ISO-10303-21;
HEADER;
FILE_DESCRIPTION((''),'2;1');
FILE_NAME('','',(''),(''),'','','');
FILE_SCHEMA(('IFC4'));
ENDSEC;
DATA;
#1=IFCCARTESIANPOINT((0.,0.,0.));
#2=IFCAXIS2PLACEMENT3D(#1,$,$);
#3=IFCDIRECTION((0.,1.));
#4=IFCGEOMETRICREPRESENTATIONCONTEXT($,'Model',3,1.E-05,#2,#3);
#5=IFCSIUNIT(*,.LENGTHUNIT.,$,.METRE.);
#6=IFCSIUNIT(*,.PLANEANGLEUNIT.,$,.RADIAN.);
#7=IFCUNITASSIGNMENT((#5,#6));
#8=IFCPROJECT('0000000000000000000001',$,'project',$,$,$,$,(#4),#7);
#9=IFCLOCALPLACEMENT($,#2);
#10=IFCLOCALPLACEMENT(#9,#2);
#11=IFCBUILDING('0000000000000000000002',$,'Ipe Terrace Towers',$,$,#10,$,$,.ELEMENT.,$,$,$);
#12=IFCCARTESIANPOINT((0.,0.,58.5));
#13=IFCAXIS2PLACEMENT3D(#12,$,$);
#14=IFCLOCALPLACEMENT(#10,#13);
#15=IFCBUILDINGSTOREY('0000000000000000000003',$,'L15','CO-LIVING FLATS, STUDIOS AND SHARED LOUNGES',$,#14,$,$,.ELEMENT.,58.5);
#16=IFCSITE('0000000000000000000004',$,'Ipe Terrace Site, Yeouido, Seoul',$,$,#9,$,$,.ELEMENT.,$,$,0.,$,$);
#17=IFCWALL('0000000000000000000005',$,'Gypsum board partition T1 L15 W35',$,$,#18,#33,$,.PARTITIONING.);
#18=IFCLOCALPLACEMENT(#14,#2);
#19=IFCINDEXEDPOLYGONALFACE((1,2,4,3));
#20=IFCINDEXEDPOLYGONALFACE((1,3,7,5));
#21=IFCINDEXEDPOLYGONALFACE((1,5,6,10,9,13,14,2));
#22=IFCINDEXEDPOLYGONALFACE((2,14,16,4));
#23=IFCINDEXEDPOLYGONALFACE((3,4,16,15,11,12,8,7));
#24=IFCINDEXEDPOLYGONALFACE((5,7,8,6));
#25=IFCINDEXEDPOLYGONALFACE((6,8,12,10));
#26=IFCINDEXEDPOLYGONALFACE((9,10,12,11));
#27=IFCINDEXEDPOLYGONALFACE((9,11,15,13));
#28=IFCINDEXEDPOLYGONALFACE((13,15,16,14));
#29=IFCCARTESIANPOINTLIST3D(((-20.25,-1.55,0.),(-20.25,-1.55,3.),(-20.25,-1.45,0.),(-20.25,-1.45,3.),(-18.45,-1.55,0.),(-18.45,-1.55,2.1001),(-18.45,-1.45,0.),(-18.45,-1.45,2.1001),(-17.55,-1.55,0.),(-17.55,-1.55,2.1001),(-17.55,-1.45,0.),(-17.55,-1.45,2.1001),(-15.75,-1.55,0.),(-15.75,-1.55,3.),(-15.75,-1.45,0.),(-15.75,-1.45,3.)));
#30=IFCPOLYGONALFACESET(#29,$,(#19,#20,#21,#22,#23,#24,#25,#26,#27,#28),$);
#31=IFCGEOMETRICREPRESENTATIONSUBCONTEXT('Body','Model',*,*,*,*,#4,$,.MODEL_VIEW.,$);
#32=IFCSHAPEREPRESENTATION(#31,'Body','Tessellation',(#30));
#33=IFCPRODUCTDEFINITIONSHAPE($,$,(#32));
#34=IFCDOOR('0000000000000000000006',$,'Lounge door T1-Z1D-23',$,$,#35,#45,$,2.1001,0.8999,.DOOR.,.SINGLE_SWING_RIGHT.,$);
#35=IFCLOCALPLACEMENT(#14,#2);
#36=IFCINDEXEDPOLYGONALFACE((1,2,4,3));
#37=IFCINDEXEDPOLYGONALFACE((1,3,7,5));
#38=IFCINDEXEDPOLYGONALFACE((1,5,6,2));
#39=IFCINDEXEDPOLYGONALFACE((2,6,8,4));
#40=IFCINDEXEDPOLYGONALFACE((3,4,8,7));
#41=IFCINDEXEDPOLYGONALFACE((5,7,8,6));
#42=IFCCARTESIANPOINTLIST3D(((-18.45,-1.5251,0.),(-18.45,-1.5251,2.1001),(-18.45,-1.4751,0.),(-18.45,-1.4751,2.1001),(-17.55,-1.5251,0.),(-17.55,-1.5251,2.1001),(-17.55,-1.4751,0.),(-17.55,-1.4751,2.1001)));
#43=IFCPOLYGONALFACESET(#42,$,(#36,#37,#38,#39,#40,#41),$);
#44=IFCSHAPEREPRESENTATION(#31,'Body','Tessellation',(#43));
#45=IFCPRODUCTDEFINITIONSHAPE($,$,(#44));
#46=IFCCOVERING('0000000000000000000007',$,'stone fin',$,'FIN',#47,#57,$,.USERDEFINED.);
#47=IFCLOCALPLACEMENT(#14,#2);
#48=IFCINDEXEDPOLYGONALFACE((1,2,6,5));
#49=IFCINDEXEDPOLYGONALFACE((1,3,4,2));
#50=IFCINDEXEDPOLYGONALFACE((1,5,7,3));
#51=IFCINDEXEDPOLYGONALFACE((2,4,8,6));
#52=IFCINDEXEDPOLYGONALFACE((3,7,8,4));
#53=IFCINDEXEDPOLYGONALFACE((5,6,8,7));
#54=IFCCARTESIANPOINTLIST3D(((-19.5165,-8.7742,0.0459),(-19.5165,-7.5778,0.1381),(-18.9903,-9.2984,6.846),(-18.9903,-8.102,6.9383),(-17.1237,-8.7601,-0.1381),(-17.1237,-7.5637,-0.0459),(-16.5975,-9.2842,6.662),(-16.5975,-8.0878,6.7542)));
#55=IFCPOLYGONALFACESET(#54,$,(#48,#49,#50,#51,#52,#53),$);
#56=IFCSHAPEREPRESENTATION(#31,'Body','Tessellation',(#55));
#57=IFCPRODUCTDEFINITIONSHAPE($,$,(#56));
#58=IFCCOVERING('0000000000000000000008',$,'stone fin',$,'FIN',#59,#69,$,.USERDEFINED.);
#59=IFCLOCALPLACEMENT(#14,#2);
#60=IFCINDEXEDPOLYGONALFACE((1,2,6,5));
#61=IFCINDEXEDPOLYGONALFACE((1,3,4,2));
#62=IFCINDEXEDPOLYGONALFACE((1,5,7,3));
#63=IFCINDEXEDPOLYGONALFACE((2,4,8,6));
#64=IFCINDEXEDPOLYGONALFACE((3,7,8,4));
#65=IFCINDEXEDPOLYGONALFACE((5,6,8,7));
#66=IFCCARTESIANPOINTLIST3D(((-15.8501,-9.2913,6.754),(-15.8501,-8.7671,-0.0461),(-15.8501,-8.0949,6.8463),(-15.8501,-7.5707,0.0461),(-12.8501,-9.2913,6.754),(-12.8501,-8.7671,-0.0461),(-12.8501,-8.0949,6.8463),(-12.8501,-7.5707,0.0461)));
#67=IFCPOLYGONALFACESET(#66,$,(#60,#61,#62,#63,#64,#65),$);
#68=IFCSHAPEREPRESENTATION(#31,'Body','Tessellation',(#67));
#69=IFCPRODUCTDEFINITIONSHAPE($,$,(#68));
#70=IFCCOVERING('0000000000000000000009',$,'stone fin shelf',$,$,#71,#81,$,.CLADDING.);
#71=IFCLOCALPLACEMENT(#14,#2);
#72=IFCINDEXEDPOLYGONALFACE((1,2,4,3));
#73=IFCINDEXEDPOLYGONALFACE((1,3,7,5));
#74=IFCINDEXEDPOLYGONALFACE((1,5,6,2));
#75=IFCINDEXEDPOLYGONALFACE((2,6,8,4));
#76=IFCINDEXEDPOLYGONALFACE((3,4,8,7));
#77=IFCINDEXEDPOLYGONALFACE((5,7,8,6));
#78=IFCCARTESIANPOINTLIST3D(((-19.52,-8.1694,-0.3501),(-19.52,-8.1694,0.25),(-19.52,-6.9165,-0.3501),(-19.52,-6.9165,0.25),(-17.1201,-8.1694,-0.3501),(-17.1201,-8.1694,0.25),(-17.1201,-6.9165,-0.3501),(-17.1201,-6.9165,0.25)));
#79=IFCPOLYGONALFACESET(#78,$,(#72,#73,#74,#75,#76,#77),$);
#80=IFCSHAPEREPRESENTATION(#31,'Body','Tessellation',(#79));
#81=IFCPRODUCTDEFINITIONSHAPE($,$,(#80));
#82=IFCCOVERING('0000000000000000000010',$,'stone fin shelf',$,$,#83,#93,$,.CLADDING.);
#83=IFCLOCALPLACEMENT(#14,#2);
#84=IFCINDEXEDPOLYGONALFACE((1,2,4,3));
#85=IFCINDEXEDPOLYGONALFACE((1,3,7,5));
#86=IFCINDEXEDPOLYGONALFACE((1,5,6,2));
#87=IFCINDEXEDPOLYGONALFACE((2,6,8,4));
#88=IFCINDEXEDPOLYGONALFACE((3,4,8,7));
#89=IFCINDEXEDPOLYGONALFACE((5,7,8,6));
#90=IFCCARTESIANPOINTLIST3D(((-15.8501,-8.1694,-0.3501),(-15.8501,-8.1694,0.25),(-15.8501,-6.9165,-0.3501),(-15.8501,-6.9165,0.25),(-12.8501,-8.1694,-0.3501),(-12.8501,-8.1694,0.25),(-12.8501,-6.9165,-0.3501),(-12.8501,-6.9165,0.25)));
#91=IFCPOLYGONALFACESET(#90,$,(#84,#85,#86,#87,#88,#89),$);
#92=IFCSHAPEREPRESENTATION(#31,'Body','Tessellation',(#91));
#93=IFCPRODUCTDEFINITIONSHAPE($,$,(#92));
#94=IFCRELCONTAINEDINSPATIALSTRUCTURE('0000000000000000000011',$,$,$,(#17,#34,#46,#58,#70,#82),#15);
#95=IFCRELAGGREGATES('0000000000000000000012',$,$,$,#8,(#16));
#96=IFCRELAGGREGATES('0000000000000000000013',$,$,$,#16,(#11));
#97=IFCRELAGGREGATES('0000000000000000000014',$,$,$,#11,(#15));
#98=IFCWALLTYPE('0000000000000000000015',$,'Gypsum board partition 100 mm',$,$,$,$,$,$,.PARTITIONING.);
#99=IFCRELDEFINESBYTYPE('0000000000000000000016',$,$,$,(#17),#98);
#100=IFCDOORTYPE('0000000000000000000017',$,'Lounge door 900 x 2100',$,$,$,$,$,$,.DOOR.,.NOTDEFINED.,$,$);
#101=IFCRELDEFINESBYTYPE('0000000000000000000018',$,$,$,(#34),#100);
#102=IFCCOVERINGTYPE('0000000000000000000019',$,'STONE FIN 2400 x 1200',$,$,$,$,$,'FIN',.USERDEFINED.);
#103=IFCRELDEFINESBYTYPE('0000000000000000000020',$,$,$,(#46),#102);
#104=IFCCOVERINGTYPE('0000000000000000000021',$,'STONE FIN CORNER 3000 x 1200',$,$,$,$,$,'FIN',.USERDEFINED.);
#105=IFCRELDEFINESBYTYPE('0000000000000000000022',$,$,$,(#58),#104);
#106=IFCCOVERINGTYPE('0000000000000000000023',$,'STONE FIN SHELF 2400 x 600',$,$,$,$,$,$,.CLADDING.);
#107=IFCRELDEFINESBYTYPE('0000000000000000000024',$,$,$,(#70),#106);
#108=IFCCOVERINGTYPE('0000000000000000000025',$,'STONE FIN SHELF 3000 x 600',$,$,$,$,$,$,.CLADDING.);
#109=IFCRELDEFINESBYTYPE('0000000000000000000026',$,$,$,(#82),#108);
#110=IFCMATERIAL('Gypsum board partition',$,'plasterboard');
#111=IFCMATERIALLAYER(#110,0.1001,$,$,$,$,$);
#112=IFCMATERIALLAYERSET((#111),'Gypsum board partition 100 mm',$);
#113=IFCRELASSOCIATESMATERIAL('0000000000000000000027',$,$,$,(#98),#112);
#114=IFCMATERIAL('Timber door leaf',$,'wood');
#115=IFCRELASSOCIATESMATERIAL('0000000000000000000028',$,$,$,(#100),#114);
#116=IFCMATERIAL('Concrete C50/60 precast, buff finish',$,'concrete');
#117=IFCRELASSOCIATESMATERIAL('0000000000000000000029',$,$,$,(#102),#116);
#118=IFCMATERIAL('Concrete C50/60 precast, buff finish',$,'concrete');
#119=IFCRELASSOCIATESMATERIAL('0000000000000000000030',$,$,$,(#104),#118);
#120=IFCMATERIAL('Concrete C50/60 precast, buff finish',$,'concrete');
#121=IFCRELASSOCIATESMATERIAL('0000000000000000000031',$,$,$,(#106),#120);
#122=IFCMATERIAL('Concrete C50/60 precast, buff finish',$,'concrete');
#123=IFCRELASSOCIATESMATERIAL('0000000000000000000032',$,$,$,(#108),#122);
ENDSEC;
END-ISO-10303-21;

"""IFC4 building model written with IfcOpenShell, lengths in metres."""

from ifc_helpers import new_model, si_unit, direction, frame, frame_2d, origin, origin_2d, place, context, subcontext, project, spatial, rectangle, extrude, material, layer, layer_set, material_profile, profile_set, type_object, element, fill, save


model = new_model("IFC4")

# Units and contexts
model_context = context("Model", 3, precision=1e-05, world=origin(), true_north=direction((0.0, 1.0)))
body_context = subcontext(model_context, "Body", "Model", "MODEL_VIEW")
ifc_project = project(units=[si_unit("LENGTHUNIT", "METRE"), si_unit("PLANEANGLEUNIT", "RADIAN")], contexts=[model_context])

# Site, building, storey
site_placement = place(None, origin())
site = spatial("IfcSite", under=ifc_project, at=site_placement, Name="Ipe Terrace Site, Yeouido, Seoul", CompositionType="ELEMENT", RefElevation=0.0)
building_placement = place(site_placement, origin())
building = spatial("IfcBuilding", under=site, at=building_placement, Name="Ipe Terrace Towers", CompositionType="ELEMENT")
storey_placement = place(building_placement, frame((0.0, 0.0, 58.5)))
storey = spatial("IfcBuildingStorey", under=building, at=storey_placement, Name="L15", Description="CO-LIVING FLATS, STUDIOS AND SHARED LOUNGES", CompositionType="ELEMENT", Elevation=58.5)

# Wall, opening, door
ifc_material_1 = material(Name="Gypsum board partition", Category="plasterboard")
ifc_layer_1 = layer(ifc_material_1, 0.1001)
ifc_layer_set_1 = layer_set([ifc_layer_1], Name="Gypsum board partition 100 mm")
wall_type_1 = type_object("IfcWallType", Name="Gypsum board partition 100 mm", PredefinedType="PARTITIONING", material=ifc_layer_set_1)
wall_1_placement = place(storey_placement, frame((-20.25, -1.5, 0.0), z_axis=(0.0, 0.0, 1.0), x_axis=(1.0, 0.0, 0.0)))
wall_1 = element("IfcWall", 1, at=wall_1_placement, inside=storey, type_object=wall_type_1, Name="Gypsum board partition T1 L15 W35", PredefinedType="PARTITIONING", context=body_context, shape_type="SweptSolid", body=[
    extrude(rectangle(XDim=4.5, YDim=0.1001, at=frame_2d((2.25, 0.0))), origin(), (0.0, 0.0, 1.0), 3.0),
])
opening_1_placement = place(wall_1_placement, frame((1.8, 0.0, 0.0)))
opening_1 = element("IfcOpeningElement", 2, at=opening_1_placement, cuts=wall_1, PredefinedType="OPENING", context=body_context, shape_type="SweptSolid", body=[
    extrude(rectangle(XDim=0.8999, YDim=2.1001, at=frame_2d((0.45, 1.05))), frame((0.0, 0.0601, 0.0), z_axis=(0.0, -1.0, 0.0), x_axis=(1.0, 0.0, 0.0)), (0.0, 0.0, 1.0), 0.1201),
])
ifc_material_2 = material(Name="Timber door leaf", Category="wood")
door_type_1 = type_object("IfcDoorType", Name="Lounge door 900 x 2100", OperationType="NOTDEFINED", PredefinedType="DOOR", material=ifc_material_2)
door_1_placement = place(opening_1_placement, origin())
door_1 = element("IfcDoor", 3, at=door_1_placement, inside=storey, type_object=door_type_1, Name="Lounge door T1-Z1D-23", OperationType="SINGLE_SWING_RIGHT", OverallHeight=2.1001, OverallWidth=0.8999, PredefinedType="DOOR", context=body_context, shape_type="SweptSolid", body=[
    extrude(rectangle(XDim=0.8999, YDim=2.1001, at=frame_2d((0.45, 1.05))), frame((0.0, 0.0249, 0.0), z_axis=(0.0, -1.0, 0.0), x_axis=(1.0, 0.0, 0.0)), (0.0, 0.0, 1.0), 0.05),
])
fill(opening_1, door_1)

# Coverings
ifc_material_3 = material(Name="Concrete C50/60 precast, buff finish", Category="concrete")
ifc_material_profile_1 = material_profile(ifc_material_3, rectangle(XDim=2.3999, YDim=1.2, at=origin_2d()), Name="STONE FIN 2400 x 1200")
ifc_profile_set_1 = profile_set([ifc_material_profile_1], Name="Concrete C50/60 precast, buff finish")
covering_type_1 = type_object("IfcCoveringType", Name="STONE FIN 2400 x 1200", ElementType="FIN", PredefinedType="USERDEFINED", material=ifc_profile_set_1)
covering_1_placement = place(storey_placement, frame((-18.3201, -8.1689, 0.0), z_axis=(0.076913, -0.076628, 0.994089), x_axis=(0.997038, 0.005911, -0.076686)))
element("IfcCovering", 4, at=covering_1_placement, inside=storey, type_object=covering_type_1, Name="stone fin", ObjectType="FIN", PredefinedType="USERDEFINED", context=body_context, shape_type="SweptSolid", body=[
    extrude(rectangle(XDim=2.3999, YDim=1.2, at=origin_2d()), origin(), (0.0, 0.0, 1.0), 6.8406),
])
ifc_material_4 = material(Name="Concrete C50/60 precast, buff finish", Category="concrete")
ifc_material_profile_2 = material_profile(ifc_material_4, rectangle(XDim=3.0, YDim=1.2, at=origin_2d()), Name="STONE FIN CORNER 3000 x 1200")
ifc_profile_set_2 = profile_set([ifc_material_profile_2], Name="Concrete C50/60 precast, buff finish")
covering_type_2 = type_object("IfcCoveringType", Name="STONE FIN CORNER 3000 x 1200", ElementType="FIN", PredefinedType="USERDEFINED", material=ifc_profile_set_2)
covering_2_placement = place(storey_placement, frame((-14.3501, -8.1689, 0.0), z_axis=(0.0, -0.076855, 0.997042), x_axis=(1.0, 0.0, 0.0)))
element("IfcCovering", 5, at=covering_2_placement, inside=storey, type_object=covering_type_2, Name="stone fin", ObjectType="FIN", PredefinedType="USERDEFINED", context=body_context, shape_type="SweptSolid", body=[
    extrude(rectangle(XDim=3.0, YDim=1.2, at=origin_2d()), origin(), (0.0, 0.0, 1.0), 6.8203),
])
ifc_material_5 = material(Name="Concrete C50/60 precast, buff finish", Category="concrete")
covering_type_3 = type_object("IfcCoveringType", Name="STONE FIN SHELF 2400 x 600", PredefinedType="CLADDING", material=ifc_material_5)
covering_3_placement = place(storey_placement, frame((-18.3201, -7.543, -0.3501), z_axis=(0.0, 0.0, 1.0), x_axis=(1.0, 0.0, 0.0)))
element("IfcCovering", 6, at=covering_3_placement, inside=storey, type_object=covering_type_3, Name="stone fin shelf", PredefinedType="CLADDING", context=body_context, shape_type="SweptSolid", body=[
    extrude(rectangle(XDim=2.3999, YDim=1.2529, at=origin_2d()), origin(), (0.0, 0.0, 1.0), 0.6001),
])
ifc_material_6 = material(Name="Concrete C50/60 precast, buff finish", Category="concrete")
covering_type_4 = type_object("IfcCoveringType", Name="STONE FIN SHELF 3000 x 600", PredefinedType="CLADDING", material=ifc_material_6)
covering_4_placement = place(storey_placement, frame((-14.3501, -7.543, -0.3501), z_axis=(0.0, 0.0, 1.0), x_axis=(1.0, 0.0, 0.0)))
element("IfcCovering", 7, at=covering_4_placement, inside=storey, type_object=covering_type_4, Name="stone fin shelf", PredefinedType="CLADDING", context=body_context, shape_type="SweptSolid", body=[
    extrude(rectangle(XDim=3.0, YDim=1.2529, at=origin_2d()), origin(), (0.0, 0.0, 1.0), 0.6001),
])

save(model, "model.ifc")
